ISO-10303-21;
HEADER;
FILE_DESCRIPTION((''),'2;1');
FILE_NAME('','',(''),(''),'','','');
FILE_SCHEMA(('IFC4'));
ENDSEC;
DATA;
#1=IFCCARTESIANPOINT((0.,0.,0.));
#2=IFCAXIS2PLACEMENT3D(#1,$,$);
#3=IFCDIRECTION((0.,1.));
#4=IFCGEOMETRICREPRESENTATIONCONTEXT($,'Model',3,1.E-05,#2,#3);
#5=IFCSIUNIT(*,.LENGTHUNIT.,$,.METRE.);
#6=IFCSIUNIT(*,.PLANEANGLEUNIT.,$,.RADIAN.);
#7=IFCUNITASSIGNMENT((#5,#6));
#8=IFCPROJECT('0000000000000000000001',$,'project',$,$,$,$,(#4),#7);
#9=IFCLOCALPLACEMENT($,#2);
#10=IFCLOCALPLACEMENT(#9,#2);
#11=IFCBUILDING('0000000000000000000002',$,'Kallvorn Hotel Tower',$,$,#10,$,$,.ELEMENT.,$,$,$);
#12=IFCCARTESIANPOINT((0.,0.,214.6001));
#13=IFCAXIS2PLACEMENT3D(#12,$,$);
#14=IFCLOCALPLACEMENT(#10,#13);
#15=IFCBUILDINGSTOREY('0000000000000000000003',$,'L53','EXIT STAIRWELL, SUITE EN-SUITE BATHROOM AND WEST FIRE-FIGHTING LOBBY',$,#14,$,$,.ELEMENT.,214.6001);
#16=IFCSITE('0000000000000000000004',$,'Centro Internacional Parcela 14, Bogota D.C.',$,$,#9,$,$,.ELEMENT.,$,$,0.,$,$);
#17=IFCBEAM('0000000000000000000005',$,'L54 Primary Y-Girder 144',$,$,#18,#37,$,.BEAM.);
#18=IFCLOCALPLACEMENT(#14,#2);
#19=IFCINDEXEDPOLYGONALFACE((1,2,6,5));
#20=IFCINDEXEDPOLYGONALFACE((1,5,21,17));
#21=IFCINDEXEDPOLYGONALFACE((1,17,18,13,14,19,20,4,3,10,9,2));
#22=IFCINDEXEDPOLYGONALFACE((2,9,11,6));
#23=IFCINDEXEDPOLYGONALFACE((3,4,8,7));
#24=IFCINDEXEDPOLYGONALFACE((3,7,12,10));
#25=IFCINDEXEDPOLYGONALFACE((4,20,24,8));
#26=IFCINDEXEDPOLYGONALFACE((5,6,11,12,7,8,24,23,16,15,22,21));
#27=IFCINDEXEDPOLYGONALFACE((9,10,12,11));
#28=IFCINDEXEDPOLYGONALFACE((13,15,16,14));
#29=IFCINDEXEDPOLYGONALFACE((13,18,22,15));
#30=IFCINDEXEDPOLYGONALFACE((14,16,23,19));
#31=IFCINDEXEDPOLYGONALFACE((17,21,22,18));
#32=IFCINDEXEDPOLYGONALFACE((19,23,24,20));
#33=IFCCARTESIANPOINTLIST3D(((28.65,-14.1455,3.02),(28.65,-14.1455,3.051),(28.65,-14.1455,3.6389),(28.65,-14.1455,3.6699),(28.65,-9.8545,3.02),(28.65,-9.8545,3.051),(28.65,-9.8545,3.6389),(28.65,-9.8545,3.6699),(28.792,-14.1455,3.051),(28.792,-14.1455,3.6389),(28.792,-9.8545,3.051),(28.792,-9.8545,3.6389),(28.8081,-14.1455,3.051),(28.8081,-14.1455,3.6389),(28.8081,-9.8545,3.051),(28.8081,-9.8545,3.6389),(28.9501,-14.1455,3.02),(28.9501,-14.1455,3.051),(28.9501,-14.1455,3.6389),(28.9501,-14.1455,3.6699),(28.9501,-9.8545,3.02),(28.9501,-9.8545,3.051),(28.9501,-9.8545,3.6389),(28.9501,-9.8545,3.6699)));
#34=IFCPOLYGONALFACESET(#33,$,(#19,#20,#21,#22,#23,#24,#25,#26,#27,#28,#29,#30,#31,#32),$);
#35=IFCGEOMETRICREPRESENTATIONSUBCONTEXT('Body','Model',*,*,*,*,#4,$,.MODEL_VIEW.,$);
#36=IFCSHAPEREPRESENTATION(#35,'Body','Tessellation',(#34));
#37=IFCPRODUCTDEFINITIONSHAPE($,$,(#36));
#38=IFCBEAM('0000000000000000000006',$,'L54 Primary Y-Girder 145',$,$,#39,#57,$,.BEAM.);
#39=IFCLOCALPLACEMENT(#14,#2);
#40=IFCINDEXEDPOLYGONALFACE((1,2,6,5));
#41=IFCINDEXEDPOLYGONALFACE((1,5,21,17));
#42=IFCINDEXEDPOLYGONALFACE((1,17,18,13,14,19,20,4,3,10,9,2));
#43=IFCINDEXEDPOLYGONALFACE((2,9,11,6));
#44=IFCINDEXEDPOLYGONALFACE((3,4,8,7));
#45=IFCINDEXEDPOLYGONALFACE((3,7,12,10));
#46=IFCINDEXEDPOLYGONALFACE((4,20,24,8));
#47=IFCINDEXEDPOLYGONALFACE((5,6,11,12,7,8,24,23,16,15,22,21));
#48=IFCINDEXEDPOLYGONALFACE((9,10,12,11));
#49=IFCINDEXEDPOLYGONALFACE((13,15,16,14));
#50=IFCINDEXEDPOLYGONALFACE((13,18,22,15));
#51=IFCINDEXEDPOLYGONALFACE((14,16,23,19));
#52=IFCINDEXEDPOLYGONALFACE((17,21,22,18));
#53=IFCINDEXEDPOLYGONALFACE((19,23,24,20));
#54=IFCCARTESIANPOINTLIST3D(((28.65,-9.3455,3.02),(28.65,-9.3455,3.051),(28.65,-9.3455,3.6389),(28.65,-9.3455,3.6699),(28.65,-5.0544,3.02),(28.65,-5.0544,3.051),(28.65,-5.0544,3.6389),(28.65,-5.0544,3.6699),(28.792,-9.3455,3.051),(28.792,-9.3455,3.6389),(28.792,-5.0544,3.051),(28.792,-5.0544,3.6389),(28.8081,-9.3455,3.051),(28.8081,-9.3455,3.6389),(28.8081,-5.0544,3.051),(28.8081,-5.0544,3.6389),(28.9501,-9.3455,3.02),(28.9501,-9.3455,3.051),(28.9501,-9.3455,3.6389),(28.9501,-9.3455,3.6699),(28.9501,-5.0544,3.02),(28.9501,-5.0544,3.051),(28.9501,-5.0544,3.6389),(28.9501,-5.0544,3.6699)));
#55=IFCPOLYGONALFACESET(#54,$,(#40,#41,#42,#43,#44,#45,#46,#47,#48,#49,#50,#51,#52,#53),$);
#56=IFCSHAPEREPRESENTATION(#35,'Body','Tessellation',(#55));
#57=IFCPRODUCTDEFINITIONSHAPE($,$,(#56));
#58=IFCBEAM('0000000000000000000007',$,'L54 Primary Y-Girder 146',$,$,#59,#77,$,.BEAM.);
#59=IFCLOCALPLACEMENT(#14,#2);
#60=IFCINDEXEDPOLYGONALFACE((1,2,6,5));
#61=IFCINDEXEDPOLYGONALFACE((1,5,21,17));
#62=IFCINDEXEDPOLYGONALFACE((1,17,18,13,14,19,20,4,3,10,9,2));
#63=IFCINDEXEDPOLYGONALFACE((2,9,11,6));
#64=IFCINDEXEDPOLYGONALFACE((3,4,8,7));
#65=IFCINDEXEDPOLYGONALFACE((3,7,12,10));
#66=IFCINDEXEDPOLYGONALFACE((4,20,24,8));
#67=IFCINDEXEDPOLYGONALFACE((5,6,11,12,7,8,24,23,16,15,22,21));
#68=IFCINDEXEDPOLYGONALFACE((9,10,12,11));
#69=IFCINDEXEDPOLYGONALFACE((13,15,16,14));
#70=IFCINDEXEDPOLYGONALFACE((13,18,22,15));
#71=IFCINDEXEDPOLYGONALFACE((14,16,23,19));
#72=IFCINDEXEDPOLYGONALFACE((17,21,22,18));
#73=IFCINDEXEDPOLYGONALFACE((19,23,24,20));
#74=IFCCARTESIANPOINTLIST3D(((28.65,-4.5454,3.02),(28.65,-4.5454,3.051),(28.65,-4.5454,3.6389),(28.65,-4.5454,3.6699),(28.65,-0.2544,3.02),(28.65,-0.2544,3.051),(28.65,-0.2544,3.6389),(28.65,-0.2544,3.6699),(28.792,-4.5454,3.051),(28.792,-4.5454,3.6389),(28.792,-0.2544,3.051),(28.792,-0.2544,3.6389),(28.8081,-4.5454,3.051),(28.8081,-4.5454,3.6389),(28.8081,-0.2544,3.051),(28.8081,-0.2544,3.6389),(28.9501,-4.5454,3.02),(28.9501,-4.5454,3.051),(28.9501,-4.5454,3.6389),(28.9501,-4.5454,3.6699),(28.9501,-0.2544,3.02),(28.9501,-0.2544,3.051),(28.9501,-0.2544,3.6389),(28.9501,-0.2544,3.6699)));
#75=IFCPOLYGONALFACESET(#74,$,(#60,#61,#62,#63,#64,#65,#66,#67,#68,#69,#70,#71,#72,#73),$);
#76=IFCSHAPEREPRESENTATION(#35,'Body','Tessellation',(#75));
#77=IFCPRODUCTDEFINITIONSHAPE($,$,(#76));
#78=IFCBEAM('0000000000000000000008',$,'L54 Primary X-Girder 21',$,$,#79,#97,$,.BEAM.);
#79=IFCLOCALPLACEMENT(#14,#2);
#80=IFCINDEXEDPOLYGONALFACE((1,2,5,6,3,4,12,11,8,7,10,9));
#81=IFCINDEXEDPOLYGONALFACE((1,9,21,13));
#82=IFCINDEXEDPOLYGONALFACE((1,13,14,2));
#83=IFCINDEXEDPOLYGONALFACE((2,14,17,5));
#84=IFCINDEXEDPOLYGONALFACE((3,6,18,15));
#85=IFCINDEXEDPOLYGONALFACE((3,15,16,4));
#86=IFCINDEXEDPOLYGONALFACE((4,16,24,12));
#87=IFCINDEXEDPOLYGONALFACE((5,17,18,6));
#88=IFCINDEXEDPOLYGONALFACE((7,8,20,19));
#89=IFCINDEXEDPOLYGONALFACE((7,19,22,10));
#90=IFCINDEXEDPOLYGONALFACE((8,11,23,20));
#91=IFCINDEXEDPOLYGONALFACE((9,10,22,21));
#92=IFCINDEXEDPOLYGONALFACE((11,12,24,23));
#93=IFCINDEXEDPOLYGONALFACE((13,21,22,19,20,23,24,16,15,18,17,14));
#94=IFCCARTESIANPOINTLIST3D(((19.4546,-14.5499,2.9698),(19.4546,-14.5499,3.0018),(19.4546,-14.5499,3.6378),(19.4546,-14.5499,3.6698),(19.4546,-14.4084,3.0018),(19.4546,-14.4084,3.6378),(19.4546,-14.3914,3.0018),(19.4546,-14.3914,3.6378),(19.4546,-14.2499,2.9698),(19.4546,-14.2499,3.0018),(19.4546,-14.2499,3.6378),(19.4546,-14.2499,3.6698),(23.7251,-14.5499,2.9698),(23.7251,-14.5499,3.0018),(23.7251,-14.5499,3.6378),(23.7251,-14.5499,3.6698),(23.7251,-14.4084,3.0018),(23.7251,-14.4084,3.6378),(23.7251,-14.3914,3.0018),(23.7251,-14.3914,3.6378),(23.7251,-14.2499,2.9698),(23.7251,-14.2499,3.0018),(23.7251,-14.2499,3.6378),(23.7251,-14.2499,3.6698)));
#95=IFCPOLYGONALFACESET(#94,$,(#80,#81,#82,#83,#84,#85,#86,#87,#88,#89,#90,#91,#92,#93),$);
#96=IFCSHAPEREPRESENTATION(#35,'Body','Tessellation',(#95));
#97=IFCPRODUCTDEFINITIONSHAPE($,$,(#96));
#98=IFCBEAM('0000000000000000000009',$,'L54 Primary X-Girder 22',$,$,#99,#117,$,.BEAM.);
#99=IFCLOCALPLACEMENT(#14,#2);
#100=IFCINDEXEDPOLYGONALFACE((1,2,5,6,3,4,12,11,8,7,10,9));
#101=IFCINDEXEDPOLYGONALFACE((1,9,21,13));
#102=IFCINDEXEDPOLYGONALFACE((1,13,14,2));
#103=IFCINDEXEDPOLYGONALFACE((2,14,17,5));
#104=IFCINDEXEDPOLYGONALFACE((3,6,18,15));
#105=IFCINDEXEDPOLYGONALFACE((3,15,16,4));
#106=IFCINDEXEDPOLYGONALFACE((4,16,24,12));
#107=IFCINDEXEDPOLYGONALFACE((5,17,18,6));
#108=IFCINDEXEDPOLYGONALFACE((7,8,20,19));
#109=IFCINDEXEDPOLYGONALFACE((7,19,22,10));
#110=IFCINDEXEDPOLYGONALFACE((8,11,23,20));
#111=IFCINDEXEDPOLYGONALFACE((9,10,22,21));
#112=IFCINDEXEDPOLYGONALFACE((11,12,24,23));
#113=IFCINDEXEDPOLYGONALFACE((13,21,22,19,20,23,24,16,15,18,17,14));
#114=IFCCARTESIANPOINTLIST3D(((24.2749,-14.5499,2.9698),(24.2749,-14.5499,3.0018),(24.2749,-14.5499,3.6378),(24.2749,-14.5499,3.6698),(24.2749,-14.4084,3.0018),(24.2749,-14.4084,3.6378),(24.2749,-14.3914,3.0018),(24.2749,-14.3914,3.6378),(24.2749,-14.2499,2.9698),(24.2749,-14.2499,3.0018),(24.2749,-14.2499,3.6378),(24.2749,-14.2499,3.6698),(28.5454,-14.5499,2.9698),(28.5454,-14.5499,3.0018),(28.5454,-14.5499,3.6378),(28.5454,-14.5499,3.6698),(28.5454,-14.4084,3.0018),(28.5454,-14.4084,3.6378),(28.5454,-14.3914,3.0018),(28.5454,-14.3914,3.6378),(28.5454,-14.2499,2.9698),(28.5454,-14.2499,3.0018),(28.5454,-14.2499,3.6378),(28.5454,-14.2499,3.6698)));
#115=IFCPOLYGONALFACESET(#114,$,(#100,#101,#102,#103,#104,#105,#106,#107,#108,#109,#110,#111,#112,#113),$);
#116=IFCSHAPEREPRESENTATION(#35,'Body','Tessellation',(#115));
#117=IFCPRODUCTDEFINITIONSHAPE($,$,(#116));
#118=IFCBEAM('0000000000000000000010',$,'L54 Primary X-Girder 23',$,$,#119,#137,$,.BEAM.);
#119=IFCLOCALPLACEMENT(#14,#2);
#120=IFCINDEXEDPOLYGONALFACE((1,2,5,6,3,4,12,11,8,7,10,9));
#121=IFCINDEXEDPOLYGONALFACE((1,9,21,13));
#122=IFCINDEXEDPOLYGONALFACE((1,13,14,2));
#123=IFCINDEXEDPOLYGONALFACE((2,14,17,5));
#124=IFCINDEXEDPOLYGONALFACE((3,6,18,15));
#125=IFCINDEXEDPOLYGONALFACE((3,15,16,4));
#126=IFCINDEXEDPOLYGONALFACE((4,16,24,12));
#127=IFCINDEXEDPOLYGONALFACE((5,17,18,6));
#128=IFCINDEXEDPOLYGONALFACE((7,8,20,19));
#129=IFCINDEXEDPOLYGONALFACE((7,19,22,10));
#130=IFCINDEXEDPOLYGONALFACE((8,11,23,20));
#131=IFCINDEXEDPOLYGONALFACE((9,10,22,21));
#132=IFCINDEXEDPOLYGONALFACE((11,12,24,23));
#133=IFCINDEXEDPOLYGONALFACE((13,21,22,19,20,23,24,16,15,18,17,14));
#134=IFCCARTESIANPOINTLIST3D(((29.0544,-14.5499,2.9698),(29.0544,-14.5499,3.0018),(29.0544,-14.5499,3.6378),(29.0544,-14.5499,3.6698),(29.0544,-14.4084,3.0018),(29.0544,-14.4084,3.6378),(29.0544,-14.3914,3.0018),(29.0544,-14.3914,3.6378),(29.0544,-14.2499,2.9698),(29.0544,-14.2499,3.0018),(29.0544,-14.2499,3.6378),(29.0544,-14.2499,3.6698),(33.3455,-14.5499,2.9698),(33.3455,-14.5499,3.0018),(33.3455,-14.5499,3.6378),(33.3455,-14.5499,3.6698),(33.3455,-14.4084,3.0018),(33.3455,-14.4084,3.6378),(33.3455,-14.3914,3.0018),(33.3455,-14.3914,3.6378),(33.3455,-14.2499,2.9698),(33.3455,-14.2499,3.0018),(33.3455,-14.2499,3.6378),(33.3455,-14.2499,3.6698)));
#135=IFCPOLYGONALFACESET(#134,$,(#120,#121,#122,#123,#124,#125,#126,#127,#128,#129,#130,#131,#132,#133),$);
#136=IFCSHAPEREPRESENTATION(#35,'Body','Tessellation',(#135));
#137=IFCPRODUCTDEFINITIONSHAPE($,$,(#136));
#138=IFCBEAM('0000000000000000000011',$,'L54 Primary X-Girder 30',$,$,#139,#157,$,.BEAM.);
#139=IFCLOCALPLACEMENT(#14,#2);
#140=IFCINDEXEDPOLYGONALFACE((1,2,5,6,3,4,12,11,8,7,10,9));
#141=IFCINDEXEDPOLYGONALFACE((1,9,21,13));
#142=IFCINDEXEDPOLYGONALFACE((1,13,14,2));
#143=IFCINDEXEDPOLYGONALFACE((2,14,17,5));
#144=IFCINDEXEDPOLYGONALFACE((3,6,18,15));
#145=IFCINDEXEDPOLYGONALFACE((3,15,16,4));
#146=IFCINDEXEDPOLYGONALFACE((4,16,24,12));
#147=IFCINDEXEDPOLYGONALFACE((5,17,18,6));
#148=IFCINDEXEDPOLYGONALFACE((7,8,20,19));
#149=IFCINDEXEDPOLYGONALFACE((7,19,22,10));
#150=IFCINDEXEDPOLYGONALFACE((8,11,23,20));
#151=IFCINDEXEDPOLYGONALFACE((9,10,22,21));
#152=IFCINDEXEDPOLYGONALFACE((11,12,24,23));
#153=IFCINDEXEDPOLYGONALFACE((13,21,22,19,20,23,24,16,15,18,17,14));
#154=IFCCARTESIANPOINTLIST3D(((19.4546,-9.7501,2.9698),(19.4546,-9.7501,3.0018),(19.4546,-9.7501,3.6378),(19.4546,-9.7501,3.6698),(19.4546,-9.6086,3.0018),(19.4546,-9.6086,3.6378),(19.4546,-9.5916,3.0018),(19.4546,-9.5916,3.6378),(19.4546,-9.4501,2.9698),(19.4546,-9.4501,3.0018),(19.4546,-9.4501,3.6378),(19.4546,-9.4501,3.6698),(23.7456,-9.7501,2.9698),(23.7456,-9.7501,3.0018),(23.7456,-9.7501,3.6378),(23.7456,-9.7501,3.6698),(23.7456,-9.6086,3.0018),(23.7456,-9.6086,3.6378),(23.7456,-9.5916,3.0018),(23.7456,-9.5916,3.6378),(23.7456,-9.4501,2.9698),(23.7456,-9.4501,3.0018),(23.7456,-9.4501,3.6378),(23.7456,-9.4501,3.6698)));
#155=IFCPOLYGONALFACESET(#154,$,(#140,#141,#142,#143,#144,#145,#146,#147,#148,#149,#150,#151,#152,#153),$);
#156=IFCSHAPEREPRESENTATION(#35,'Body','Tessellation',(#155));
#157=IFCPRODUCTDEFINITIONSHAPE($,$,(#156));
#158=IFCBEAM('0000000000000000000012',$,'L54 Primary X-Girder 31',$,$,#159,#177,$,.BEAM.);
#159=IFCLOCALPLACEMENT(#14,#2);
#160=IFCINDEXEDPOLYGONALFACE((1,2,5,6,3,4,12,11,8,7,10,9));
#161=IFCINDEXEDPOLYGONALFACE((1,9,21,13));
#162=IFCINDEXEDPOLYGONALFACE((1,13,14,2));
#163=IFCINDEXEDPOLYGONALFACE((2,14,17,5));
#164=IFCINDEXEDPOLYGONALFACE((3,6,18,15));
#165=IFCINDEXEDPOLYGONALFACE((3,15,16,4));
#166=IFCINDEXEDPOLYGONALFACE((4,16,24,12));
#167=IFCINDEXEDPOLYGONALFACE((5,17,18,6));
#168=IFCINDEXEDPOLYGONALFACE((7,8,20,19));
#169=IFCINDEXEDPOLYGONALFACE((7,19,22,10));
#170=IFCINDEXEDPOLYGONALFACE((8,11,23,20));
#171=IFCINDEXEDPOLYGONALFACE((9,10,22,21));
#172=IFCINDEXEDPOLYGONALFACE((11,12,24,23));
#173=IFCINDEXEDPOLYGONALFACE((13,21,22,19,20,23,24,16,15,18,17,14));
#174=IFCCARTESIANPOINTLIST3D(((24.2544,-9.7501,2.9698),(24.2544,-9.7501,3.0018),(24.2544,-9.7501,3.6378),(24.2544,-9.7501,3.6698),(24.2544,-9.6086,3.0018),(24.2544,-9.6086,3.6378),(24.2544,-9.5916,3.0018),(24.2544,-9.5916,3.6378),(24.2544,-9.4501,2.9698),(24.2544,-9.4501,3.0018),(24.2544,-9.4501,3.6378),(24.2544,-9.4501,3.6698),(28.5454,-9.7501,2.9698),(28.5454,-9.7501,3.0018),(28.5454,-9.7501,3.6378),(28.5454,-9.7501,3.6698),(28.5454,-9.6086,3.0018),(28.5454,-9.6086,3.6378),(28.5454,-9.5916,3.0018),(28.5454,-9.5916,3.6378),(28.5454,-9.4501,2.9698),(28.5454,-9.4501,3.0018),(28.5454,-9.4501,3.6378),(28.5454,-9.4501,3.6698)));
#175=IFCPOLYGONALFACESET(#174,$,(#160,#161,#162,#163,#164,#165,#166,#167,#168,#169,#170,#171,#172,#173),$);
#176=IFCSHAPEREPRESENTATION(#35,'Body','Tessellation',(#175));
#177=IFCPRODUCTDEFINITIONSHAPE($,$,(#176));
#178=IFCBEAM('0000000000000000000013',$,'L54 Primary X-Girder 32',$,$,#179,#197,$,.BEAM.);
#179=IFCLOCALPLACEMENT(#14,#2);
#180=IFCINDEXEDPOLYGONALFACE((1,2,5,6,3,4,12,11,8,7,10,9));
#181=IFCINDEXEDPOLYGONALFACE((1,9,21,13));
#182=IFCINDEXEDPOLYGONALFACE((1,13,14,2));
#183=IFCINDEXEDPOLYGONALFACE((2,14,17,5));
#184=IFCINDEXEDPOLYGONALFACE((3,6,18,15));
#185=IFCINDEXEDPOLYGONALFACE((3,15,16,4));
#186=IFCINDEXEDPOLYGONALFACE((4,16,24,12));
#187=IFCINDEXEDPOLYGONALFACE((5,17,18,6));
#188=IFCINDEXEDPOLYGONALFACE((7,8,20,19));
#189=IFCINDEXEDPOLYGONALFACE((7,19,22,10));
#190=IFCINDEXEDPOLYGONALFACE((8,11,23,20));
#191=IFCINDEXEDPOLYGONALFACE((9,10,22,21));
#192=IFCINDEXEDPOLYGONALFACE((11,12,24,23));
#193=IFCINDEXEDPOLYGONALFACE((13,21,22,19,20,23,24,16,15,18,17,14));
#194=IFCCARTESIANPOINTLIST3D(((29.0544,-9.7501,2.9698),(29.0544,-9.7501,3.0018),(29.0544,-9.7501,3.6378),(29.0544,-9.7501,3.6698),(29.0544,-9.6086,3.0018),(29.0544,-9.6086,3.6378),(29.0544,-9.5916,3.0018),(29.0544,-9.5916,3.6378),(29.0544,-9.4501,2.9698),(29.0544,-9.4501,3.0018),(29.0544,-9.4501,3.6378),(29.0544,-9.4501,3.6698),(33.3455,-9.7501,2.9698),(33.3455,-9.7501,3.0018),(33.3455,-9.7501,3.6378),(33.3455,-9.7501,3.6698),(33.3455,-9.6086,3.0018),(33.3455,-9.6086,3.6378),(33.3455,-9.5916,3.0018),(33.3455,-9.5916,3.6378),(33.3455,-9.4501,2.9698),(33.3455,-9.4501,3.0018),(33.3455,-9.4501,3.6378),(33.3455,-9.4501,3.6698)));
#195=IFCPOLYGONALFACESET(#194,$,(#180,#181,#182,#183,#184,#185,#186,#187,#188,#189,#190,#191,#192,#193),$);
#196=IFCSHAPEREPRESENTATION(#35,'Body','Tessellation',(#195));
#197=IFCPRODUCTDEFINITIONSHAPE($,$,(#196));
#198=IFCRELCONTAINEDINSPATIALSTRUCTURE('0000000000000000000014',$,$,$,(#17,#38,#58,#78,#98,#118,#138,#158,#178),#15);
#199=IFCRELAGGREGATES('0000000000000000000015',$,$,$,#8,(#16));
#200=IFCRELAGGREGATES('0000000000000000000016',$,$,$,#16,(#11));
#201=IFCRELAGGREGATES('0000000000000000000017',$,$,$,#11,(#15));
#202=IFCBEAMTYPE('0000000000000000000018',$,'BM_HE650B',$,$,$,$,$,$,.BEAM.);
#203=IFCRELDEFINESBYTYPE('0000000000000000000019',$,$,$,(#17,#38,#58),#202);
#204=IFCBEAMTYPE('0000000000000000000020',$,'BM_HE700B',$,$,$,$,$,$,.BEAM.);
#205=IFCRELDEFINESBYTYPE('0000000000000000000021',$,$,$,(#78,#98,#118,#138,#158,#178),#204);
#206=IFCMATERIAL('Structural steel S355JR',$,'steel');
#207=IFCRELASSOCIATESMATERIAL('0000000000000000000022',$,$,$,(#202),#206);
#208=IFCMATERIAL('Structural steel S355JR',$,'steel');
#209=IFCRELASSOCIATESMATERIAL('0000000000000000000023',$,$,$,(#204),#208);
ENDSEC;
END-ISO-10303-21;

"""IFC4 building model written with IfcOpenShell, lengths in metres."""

from ifc_helpers import new_model, si_unit, direction, frame, origin, origin_2d, place, context, subcontext, project, spatial, i_section, extrude, material, material_profile, profile_set, type_object, element, save


model = new_model("IFC4")

# Units and contexts
model_context = context("Model", 3, precision=1e-05, world=origin(), true_north=direction((0.0, 1.0)))
body_context = subcontext(model_context, "Body", "Model", "MODEL_VIEW")
ifc_project = project(units=[si_unit("LENGTHUNIT", "METRE"), si_unit("PLANEANGLEUNIT", "RADIAN")], contexts=[model_context])

# Site, building, storey
site_placement = place(None, origin())
site = spatial("IfcSite", under=ifc_project, at=site_placement, Name="Centro Internacional Parcela 14, Bogota D.C.", CompositionType="ELEMENT", RefElevation=0.0)
building_placement = place(site_placement, origin())
building = spatial("IfcBuilding", under=site, at=building_placement, Name="Kallvorn Hotel Tower", CompositionType="ELEMENT")
storey_placement = place(building_placement, frame((0.0, 0.0, 214.6001)))
storey = spatial("IfcBuildingStorey", under=building, at=storey_placement, Name="L53", Description="EXIT STAIRWELL, SUITE EN-SUITE BATHROOM AND WEST FIRE-FIGHTING LOBBY", CompositionType="ELEMENT", Elevation=214.6001)

# Beams
ifc_material_1 = material(Name="Structural steel S355JR", Category="steel")
ifc_material_profile_1 = material_profile(ifc_material_1, i_section(OverallWidth=0.3, OverallDepth=0.6499, WebThickness=0.0161, FlangeThickness=0.031, at=origin_2d()), Name="HE 650 B")
ifc_profile_set_1 = profile_set([ifc_material_profile_1], Name="Structural steel S355JR")
beam_type_1 = type_object("IfcBeamType", Name="BM_HE650B", PredefinedType="BEAM", material=ifc_profile_set_1)
for number, where, z_axis, x_axis, name in (
    (1, (28.8, -14.1455, 3.345), (0.0, 1.0, 0.0), (-1.0, 0.0, 0.0), "L54 Primary Y-Girder 144"),
    (2, (28.8, -9.3455, 3.345), (0.0, 1.0, 0.0), (-1.0, 0.0, 0.0), "L54 Primary Y-Girder 145"),
    (3, (28.8, -4.5454, 3.345), (0.0, 1.0, 0.0), (-1.0, 0.0, 0.0), "L54 Primary Y-Girder 146"),
):
    element("IfcBeam", number, at=place(storey_placement, frame(where, z_axis=z_axis, x_axis=x_axis)), inside=storey, type_object=beam_type_1, Name=name, PredefinedType="BEAM", context=body_context, shape_type="SweptSolid", body=[
        extrude(i_section(OverallWidth=0.3, OverallDepth=0.6499, WebThickness=0.0161, FlangeThickness=0.031, at=origin_2d()), origin(), (0.0, 0.0, 1.0), 4.291),
    ])
ifc_material_2 = material(Name="Structural steel S355JR", Category="steel")
ifc_material_profile_2 = material_profile(ifc_material_2, i_section(OverallWidth=0.3, OverallDepth=0.7, WebThickness=0.0171, FlangeThickness=0.032, at=origin_2d()), Name="HE 700 B")
ifc_profile_set_2 = profile_set([ifc_material_profile_2], Name="Structural steel S355JR")
beam_type_2 = type_object("IfcBeamType", Name="BM_HE700B", PredefinedType="BEAM", material=ifc_profile_set_2)
for number, where, z_axis, x_axis, name in (
    (4, (19.4546, -14.3999, 3.3198), (1.0, 0.0, 0.0), (0.0, 1.0, 0.0), "L54 Primary X-Girder 21"),
    (5, (24.2749, -14.3999, 3.3198), (1.0, 0.0, 0.0), (0.0, 1.0, 0.0), "L54 Primary X-Girder 22"),
):
    element("IfcBeam", number, at=place(storey_placement, frame(where, z_axis=z_axis, x_axis=x_axis)), inside=storey, type_object=beam_type_2, Name=name, PredefinedType="BEAM", context=body_context, shape_type="SweptSolid", body=[
        extrude(i_section(OverallWidth=0.3, OverallDepth=0.7, WebThickness=0.0171, FlangeThickness=0.032, at=origin_2d()), origin(), (0.0, 0.0, 1.0), 4.2705),
    ])
for number, where, z_axis, x_axis, name in (
    (6, (29.0544, -14.3999, 3.3198), (1.0, 0.0, 0.0), (0.0, 1.0, 0.0), "L54 Primary X-Girder 23"),
    (7, (19.4546, -9.6001, 3.3198), (1.0, 0.0, 0.0), (0.0, 1.0, 0.0), "L54 Primary X-Girder 30"),
    (8, (24.2544, -9.6001, 3.3198), (1.0, 0.0, 0.0), (0.0, 1.0, 0.0), "L54 Primary X-Girder 31"),
    (9, (29.0544, -9.6001, 3.3198), (1.0, 0.0, 0.0), (0.0, 1.0, 0.0), "L54 Primary X-Girder 32"),
):
    element("IfcBeam", number, at=place(storey_placement, frame(where, z_axis=z_axis, x_axis=x_axis)), inside=storey, type_object=beam_type_2, Name=name, PredefinedType="BEAM", context=body_context, shape_type="SweptSolid", body=[
        extrude(i_section(OverallWidth=0.3, OverallDepth=0.7, WebThickness=0.0171, FlangeThickness=0.032, at=origin_2d()), origin(), (0.0, 0.0, 1.0), 4.291),
    ])

save(model, "model.ifc")
